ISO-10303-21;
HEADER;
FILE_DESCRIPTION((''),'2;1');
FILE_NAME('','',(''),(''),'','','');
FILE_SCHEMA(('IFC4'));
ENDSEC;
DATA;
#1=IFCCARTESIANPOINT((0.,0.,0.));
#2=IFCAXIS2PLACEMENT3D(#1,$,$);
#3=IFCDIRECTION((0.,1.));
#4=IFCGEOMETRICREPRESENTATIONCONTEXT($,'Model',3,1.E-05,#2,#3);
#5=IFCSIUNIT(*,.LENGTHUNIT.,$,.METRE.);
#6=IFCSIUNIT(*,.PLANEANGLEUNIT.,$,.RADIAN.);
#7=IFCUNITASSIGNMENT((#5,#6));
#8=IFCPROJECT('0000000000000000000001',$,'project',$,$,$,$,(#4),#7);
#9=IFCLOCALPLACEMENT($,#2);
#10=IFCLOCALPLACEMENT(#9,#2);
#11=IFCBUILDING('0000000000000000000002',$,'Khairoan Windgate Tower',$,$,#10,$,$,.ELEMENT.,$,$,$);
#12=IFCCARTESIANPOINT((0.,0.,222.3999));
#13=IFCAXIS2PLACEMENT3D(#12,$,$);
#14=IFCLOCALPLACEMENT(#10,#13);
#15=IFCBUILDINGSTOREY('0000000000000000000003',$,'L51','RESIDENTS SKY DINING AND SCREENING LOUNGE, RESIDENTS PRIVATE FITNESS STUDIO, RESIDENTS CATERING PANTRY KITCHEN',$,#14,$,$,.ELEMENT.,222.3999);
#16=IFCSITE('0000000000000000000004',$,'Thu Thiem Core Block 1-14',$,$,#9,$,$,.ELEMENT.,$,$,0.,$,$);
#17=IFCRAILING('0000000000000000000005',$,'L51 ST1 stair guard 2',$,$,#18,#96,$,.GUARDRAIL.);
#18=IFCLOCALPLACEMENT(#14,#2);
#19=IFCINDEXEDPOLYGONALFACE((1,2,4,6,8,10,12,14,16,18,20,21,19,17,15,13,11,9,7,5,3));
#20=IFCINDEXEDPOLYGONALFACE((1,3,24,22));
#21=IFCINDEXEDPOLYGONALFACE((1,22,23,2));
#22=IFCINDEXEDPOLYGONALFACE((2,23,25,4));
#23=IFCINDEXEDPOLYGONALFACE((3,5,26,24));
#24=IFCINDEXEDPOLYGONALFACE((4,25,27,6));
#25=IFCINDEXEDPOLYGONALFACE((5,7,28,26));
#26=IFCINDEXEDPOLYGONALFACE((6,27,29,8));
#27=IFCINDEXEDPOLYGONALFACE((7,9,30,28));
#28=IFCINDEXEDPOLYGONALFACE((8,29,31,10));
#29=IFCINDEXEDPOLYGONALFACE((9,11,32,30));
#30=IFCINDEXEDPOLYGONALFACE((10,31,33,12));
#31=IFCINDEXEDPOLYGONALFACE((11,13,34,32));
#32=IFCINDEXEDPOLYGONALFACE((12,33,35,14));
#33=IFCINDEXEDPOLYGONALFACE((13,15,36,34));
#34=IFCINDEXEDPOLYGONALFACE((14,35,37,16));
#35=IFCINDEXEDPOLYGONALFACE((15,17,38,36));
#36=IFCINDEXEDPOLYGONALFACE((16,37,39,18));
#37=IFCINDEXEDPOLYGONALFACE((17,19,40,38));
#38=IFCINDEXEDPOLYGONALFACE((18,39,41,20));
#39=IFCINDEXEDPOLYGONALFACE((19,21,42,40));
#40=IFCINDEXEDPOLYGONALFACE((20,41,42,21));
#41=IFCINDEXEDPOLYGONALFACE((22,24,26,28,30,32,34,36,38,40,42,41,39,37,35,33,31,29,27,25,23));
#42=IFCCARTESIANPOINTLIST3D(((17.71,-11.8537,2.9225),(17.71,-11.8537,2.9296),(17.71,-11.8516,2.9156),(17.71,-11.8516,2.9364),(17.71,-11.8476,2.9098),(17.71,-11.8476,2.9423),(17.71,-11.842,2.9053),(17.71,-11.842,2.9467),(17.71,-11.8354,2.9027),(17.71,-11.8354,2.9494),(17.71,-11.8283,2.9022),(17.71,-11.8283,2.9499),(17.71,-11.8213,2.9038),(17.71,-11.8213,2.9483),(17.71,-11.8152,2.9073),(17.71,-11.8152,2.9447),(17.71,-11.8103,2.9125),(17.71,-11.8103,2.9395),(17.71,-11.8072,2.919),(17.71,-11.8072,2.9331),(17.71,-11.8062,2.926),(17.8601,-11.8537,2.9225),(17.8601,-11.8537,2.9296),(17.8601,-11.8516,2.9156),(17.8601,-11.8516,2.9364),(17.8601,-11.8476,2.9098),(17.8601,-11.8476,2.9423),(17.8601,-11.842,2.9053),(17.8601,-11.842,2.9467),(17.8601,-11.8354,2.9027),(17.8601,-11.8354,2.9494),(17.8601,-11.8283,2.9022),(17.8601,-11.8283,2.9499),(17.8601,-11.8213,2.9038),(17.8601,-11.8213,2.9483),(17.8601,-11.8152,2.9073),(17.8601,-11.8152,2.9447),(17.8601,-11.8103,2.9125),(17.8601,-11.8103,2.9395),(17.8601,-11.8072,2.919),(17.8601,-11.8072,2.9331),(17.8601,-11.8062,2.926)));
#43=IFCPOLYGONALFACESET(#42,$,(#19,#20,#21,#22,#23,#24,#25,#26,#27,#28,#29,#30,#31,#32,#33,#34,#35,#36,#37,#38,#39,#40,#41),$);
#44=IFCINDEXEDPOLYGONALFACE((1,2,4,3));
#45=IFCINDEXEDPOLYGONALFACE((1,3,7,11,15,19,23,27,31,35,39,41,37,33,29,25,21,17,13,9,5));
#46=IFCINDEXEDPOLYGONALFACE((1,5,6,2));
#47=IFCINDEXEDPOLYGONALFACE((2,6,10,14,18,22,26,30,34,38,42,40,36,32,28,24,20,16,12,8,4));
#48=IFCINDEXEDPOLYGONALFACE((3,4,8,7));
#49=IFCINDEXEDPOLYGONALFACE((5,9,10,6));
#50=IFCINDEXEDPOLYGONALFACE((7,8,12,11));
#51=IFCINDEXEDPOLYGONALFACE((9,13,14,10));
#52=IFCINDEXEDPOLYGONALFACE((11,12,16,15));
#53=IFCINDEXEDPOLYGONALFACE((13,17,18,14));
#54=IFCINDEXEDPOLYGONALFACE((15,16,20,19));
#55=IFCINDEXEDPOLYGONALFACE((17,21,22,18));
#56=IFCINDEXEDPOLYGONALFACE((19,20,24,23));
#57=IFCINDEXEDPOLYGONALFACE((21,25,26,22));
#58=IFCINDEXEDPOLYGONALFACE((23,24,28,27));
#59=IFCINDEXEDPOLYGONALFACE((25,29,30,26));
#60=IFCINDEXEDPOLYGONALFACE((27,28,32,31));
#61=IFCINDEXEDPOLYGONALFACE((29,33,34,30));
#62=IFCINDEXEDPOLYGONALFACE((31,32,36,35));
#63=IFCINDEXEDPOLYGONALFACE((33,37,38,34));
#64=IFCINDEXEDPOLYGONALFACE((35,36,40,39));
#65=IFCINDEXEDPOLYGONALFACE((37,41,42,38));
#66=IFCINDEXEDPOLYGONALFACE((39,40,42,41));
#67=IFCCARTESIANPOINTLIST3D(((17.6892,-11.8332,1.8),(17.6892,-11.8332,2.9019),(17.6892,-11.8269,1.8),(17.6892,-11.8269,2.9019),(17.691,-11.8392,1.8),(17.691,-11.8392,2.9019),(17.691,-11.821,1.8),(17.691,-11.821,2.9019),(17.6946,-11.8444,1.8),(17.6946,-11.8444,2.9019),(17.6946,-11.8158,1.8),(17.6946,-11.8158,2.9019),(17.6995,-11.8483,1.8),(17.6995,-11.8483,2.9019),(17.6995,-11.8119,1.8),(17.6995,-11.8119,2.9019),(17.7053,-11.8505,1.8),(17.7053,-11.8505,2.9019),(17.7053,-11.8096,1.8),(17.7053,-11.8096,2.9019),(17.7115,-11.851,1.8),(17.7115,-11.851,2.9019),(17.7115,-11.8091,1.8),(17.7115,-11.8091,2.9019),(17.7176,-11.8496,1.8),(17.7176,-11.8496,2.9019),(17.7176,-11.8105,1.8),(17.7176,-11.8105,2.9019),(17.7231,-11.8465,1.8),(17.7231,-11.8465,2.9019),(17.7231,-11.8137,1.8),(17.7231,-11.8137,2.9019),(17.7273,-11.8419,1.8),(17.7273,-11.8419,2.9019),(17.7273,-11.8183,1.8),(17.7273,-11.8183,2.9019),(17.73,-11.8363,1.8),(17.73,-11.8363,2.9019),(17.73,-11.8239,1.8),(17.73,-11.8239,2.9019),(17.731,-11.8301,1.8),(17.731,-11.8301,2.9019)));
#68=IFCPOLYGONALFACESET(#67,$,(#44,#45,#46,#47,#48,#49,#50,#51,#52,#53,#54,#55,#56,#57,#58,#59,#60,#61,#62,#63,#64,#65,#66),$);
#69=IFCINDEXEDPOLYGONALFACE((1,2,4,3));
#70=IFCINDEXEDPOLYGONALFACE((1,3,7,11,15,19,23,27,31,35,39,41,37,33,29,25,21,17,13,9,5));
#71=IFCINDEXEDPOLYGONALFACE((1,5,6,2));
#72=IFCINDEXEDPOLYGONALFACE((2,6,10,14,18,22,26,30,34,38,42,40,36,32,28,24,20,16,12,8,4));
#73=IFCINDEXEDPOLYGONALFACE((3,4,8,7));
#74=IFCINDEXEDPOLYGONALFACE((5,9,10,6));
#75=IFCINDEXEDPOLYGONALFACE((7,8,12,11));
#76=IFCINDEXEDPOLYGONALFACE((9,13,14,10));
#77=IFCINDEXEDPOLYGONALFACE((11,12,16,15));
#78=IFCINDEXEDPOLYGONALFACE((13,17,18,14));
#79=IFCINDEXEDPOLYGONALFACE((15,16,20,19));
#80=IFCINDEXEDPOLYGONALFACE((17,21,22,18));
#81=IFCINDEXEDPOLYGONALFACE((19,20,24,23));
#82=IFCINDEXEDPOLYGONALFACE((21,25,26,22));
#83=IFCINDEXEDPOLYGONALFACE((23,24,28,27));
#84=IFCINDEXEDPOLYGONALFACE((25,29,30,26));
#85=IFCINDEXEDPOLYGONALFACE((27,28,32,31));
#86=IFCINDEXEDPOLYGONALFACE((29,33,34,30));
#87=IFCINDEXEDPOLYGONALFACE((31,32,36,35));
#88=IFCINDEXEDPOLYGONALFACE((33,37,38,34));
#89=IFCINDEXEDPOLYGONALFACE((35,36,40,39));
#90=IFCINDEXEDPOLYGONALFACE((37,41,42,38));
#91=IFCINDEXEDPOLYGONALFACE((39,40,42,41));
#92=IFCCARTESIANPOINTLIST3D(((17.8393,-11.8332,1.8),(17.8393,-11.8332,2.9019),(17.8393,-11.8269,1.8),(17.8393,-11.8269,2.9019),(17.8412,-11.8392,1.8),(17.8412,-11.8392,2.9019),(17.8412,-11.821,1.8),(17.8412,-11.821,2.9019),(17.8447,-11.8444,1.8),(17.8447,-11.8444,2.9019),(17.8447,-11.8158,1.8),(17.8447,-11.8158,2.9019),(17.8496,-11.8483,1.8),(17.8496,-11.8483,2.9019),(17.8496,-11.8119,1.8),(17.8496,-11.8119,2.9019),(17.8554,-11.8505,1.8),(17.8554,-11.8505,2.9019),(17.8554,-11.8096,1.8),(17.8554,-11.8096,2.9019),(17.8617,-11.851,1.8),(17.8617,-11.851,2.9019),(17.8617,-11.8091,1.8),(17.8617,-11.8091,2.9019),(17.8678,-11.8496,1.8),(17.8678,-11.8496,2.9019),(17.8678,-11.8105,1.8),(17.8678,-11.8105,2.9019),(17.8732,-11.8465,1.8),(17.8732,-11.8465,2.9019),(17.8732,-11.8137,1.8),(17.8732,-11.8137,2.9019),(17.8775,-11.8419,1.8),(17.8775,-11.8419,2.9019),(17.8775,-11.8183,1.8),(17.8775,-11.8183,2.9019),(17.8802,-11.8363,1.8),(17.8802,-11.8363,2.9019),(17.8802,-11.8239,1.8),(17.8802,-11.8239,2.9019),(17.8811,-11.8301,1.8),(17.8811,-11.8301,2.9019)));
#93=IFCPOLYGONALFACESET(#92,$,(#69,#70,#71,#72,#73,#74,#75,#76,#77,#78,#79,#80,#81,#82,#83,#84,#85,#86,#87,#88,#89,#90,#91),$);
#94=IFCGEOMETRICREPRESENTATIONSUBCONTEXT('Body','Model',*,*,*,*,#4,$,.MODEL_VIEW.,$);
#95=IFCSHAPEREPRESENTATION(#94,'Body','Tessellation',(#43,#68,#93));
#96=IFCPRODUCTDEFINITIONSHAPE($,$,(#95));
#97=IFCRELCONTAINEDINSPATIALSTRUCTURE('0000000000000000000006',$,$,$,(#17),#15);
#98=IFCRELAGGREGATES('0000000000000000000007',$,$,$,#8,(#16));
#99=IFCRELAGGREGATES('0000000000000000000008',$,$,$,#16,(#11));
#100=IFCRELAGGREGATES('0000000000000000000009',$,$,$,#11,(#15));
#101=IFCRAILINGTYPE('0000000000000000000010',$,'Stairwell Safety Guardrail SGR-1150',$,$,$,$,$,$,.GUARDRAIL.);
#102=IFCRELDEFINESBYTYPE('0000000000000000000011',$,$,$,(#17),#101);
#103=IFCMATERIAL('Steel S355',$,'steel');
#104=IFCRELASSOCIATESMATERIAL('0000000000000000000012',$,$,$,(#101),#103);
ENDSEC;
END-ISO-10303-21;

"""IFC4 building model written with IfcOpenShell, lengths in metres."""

from ifc_helpers import new_model, si_unit, direction, frame, origin, origin_2d, place, context, subcontext, project, spatial, circle, extrude, material, type_object, element, save


model = new_model("IFC4")

# Units and contexts
model_context = context("Model", 3, precision=1e-05, world=origin(), true_north=direction((0.0, 1.0)))
body_context = subcontext(model_context, "Body", "Model", "MODEL_VIEW")
ifc_project = project(units=[si_unit("LENGTHUNIT", "METRE"), si_unit("PLANEANGLEUNIT", "RADIAN")], contexts=[model_context])

# Site, building, storey
site_placement = place(None, origin())
site = spatial("IfcSite", under=ifc_project, at=site_placement, Name="Thu Thiem Core Block 1-14", CompositionType="ELEMENT", RefElevation=0.0)
building_placement = place(site_placement, origin())
building = spatial("IfcBuilding", under=site, at=building_placement, Name="Khairoan Windgate Tower", CompositionType="ELEMENT")
storey_placement = place(building_placement, frame((0.0, 0.0, 222.3999)))
storey = spatial("IfcBuildingStorey", under=building, at=storey_placement, Name="L51", Description="RESIDENTS SKY DINING AND SCREENING LOUNGE, RESIDENTS PRIVATE FITNESS STUDIO, RESIDENTS CATERING PANTRY KITCHEN", CompositionType="ELEMENT", Elevation=222.3999)

# Railing
ifc_material_1 = material(Name="Steel S355", Category="steel")
railing_type = type_object("IfcRailingType", Name="Stairwell Safety Guardrail SGR-1150", PredefinedType="GUARDRAIL", material=ifc_material_1)
railing_1_placement = place(storey_placement, frame((17.71, -11.8301, 1.8)))
element("IfcRailing", 1, at=railing_1_placement, inside=storey, type_object=railing_type, Name="L51 ST1 stair guard 2", PredefinedType="GUARDRAIL", context=body_context, shape_type="SweptSolid", body=[
    extrude(circle(Radius=0.0239, at=origin_2d()), frame((0.0, 0.0, 1.126), z_axis=(1.0, 0.0, 0.0), x_axis=(0.0, 1.0, 0.0)), (0.0, 0.0, 1.0), 0.1501),
    extrude(circle(Radius=0.021, at=origin_2d()), origin(), (0.0, 0.0, 1.0), 1.1018),
    extrude(circle(Radius=0.021, at=origin_2d()), frame((0.1501, 0.0, 0.0)), (0.0, 0.0, 1.0), 1.1018),
])

save(model, "model.ifc")
